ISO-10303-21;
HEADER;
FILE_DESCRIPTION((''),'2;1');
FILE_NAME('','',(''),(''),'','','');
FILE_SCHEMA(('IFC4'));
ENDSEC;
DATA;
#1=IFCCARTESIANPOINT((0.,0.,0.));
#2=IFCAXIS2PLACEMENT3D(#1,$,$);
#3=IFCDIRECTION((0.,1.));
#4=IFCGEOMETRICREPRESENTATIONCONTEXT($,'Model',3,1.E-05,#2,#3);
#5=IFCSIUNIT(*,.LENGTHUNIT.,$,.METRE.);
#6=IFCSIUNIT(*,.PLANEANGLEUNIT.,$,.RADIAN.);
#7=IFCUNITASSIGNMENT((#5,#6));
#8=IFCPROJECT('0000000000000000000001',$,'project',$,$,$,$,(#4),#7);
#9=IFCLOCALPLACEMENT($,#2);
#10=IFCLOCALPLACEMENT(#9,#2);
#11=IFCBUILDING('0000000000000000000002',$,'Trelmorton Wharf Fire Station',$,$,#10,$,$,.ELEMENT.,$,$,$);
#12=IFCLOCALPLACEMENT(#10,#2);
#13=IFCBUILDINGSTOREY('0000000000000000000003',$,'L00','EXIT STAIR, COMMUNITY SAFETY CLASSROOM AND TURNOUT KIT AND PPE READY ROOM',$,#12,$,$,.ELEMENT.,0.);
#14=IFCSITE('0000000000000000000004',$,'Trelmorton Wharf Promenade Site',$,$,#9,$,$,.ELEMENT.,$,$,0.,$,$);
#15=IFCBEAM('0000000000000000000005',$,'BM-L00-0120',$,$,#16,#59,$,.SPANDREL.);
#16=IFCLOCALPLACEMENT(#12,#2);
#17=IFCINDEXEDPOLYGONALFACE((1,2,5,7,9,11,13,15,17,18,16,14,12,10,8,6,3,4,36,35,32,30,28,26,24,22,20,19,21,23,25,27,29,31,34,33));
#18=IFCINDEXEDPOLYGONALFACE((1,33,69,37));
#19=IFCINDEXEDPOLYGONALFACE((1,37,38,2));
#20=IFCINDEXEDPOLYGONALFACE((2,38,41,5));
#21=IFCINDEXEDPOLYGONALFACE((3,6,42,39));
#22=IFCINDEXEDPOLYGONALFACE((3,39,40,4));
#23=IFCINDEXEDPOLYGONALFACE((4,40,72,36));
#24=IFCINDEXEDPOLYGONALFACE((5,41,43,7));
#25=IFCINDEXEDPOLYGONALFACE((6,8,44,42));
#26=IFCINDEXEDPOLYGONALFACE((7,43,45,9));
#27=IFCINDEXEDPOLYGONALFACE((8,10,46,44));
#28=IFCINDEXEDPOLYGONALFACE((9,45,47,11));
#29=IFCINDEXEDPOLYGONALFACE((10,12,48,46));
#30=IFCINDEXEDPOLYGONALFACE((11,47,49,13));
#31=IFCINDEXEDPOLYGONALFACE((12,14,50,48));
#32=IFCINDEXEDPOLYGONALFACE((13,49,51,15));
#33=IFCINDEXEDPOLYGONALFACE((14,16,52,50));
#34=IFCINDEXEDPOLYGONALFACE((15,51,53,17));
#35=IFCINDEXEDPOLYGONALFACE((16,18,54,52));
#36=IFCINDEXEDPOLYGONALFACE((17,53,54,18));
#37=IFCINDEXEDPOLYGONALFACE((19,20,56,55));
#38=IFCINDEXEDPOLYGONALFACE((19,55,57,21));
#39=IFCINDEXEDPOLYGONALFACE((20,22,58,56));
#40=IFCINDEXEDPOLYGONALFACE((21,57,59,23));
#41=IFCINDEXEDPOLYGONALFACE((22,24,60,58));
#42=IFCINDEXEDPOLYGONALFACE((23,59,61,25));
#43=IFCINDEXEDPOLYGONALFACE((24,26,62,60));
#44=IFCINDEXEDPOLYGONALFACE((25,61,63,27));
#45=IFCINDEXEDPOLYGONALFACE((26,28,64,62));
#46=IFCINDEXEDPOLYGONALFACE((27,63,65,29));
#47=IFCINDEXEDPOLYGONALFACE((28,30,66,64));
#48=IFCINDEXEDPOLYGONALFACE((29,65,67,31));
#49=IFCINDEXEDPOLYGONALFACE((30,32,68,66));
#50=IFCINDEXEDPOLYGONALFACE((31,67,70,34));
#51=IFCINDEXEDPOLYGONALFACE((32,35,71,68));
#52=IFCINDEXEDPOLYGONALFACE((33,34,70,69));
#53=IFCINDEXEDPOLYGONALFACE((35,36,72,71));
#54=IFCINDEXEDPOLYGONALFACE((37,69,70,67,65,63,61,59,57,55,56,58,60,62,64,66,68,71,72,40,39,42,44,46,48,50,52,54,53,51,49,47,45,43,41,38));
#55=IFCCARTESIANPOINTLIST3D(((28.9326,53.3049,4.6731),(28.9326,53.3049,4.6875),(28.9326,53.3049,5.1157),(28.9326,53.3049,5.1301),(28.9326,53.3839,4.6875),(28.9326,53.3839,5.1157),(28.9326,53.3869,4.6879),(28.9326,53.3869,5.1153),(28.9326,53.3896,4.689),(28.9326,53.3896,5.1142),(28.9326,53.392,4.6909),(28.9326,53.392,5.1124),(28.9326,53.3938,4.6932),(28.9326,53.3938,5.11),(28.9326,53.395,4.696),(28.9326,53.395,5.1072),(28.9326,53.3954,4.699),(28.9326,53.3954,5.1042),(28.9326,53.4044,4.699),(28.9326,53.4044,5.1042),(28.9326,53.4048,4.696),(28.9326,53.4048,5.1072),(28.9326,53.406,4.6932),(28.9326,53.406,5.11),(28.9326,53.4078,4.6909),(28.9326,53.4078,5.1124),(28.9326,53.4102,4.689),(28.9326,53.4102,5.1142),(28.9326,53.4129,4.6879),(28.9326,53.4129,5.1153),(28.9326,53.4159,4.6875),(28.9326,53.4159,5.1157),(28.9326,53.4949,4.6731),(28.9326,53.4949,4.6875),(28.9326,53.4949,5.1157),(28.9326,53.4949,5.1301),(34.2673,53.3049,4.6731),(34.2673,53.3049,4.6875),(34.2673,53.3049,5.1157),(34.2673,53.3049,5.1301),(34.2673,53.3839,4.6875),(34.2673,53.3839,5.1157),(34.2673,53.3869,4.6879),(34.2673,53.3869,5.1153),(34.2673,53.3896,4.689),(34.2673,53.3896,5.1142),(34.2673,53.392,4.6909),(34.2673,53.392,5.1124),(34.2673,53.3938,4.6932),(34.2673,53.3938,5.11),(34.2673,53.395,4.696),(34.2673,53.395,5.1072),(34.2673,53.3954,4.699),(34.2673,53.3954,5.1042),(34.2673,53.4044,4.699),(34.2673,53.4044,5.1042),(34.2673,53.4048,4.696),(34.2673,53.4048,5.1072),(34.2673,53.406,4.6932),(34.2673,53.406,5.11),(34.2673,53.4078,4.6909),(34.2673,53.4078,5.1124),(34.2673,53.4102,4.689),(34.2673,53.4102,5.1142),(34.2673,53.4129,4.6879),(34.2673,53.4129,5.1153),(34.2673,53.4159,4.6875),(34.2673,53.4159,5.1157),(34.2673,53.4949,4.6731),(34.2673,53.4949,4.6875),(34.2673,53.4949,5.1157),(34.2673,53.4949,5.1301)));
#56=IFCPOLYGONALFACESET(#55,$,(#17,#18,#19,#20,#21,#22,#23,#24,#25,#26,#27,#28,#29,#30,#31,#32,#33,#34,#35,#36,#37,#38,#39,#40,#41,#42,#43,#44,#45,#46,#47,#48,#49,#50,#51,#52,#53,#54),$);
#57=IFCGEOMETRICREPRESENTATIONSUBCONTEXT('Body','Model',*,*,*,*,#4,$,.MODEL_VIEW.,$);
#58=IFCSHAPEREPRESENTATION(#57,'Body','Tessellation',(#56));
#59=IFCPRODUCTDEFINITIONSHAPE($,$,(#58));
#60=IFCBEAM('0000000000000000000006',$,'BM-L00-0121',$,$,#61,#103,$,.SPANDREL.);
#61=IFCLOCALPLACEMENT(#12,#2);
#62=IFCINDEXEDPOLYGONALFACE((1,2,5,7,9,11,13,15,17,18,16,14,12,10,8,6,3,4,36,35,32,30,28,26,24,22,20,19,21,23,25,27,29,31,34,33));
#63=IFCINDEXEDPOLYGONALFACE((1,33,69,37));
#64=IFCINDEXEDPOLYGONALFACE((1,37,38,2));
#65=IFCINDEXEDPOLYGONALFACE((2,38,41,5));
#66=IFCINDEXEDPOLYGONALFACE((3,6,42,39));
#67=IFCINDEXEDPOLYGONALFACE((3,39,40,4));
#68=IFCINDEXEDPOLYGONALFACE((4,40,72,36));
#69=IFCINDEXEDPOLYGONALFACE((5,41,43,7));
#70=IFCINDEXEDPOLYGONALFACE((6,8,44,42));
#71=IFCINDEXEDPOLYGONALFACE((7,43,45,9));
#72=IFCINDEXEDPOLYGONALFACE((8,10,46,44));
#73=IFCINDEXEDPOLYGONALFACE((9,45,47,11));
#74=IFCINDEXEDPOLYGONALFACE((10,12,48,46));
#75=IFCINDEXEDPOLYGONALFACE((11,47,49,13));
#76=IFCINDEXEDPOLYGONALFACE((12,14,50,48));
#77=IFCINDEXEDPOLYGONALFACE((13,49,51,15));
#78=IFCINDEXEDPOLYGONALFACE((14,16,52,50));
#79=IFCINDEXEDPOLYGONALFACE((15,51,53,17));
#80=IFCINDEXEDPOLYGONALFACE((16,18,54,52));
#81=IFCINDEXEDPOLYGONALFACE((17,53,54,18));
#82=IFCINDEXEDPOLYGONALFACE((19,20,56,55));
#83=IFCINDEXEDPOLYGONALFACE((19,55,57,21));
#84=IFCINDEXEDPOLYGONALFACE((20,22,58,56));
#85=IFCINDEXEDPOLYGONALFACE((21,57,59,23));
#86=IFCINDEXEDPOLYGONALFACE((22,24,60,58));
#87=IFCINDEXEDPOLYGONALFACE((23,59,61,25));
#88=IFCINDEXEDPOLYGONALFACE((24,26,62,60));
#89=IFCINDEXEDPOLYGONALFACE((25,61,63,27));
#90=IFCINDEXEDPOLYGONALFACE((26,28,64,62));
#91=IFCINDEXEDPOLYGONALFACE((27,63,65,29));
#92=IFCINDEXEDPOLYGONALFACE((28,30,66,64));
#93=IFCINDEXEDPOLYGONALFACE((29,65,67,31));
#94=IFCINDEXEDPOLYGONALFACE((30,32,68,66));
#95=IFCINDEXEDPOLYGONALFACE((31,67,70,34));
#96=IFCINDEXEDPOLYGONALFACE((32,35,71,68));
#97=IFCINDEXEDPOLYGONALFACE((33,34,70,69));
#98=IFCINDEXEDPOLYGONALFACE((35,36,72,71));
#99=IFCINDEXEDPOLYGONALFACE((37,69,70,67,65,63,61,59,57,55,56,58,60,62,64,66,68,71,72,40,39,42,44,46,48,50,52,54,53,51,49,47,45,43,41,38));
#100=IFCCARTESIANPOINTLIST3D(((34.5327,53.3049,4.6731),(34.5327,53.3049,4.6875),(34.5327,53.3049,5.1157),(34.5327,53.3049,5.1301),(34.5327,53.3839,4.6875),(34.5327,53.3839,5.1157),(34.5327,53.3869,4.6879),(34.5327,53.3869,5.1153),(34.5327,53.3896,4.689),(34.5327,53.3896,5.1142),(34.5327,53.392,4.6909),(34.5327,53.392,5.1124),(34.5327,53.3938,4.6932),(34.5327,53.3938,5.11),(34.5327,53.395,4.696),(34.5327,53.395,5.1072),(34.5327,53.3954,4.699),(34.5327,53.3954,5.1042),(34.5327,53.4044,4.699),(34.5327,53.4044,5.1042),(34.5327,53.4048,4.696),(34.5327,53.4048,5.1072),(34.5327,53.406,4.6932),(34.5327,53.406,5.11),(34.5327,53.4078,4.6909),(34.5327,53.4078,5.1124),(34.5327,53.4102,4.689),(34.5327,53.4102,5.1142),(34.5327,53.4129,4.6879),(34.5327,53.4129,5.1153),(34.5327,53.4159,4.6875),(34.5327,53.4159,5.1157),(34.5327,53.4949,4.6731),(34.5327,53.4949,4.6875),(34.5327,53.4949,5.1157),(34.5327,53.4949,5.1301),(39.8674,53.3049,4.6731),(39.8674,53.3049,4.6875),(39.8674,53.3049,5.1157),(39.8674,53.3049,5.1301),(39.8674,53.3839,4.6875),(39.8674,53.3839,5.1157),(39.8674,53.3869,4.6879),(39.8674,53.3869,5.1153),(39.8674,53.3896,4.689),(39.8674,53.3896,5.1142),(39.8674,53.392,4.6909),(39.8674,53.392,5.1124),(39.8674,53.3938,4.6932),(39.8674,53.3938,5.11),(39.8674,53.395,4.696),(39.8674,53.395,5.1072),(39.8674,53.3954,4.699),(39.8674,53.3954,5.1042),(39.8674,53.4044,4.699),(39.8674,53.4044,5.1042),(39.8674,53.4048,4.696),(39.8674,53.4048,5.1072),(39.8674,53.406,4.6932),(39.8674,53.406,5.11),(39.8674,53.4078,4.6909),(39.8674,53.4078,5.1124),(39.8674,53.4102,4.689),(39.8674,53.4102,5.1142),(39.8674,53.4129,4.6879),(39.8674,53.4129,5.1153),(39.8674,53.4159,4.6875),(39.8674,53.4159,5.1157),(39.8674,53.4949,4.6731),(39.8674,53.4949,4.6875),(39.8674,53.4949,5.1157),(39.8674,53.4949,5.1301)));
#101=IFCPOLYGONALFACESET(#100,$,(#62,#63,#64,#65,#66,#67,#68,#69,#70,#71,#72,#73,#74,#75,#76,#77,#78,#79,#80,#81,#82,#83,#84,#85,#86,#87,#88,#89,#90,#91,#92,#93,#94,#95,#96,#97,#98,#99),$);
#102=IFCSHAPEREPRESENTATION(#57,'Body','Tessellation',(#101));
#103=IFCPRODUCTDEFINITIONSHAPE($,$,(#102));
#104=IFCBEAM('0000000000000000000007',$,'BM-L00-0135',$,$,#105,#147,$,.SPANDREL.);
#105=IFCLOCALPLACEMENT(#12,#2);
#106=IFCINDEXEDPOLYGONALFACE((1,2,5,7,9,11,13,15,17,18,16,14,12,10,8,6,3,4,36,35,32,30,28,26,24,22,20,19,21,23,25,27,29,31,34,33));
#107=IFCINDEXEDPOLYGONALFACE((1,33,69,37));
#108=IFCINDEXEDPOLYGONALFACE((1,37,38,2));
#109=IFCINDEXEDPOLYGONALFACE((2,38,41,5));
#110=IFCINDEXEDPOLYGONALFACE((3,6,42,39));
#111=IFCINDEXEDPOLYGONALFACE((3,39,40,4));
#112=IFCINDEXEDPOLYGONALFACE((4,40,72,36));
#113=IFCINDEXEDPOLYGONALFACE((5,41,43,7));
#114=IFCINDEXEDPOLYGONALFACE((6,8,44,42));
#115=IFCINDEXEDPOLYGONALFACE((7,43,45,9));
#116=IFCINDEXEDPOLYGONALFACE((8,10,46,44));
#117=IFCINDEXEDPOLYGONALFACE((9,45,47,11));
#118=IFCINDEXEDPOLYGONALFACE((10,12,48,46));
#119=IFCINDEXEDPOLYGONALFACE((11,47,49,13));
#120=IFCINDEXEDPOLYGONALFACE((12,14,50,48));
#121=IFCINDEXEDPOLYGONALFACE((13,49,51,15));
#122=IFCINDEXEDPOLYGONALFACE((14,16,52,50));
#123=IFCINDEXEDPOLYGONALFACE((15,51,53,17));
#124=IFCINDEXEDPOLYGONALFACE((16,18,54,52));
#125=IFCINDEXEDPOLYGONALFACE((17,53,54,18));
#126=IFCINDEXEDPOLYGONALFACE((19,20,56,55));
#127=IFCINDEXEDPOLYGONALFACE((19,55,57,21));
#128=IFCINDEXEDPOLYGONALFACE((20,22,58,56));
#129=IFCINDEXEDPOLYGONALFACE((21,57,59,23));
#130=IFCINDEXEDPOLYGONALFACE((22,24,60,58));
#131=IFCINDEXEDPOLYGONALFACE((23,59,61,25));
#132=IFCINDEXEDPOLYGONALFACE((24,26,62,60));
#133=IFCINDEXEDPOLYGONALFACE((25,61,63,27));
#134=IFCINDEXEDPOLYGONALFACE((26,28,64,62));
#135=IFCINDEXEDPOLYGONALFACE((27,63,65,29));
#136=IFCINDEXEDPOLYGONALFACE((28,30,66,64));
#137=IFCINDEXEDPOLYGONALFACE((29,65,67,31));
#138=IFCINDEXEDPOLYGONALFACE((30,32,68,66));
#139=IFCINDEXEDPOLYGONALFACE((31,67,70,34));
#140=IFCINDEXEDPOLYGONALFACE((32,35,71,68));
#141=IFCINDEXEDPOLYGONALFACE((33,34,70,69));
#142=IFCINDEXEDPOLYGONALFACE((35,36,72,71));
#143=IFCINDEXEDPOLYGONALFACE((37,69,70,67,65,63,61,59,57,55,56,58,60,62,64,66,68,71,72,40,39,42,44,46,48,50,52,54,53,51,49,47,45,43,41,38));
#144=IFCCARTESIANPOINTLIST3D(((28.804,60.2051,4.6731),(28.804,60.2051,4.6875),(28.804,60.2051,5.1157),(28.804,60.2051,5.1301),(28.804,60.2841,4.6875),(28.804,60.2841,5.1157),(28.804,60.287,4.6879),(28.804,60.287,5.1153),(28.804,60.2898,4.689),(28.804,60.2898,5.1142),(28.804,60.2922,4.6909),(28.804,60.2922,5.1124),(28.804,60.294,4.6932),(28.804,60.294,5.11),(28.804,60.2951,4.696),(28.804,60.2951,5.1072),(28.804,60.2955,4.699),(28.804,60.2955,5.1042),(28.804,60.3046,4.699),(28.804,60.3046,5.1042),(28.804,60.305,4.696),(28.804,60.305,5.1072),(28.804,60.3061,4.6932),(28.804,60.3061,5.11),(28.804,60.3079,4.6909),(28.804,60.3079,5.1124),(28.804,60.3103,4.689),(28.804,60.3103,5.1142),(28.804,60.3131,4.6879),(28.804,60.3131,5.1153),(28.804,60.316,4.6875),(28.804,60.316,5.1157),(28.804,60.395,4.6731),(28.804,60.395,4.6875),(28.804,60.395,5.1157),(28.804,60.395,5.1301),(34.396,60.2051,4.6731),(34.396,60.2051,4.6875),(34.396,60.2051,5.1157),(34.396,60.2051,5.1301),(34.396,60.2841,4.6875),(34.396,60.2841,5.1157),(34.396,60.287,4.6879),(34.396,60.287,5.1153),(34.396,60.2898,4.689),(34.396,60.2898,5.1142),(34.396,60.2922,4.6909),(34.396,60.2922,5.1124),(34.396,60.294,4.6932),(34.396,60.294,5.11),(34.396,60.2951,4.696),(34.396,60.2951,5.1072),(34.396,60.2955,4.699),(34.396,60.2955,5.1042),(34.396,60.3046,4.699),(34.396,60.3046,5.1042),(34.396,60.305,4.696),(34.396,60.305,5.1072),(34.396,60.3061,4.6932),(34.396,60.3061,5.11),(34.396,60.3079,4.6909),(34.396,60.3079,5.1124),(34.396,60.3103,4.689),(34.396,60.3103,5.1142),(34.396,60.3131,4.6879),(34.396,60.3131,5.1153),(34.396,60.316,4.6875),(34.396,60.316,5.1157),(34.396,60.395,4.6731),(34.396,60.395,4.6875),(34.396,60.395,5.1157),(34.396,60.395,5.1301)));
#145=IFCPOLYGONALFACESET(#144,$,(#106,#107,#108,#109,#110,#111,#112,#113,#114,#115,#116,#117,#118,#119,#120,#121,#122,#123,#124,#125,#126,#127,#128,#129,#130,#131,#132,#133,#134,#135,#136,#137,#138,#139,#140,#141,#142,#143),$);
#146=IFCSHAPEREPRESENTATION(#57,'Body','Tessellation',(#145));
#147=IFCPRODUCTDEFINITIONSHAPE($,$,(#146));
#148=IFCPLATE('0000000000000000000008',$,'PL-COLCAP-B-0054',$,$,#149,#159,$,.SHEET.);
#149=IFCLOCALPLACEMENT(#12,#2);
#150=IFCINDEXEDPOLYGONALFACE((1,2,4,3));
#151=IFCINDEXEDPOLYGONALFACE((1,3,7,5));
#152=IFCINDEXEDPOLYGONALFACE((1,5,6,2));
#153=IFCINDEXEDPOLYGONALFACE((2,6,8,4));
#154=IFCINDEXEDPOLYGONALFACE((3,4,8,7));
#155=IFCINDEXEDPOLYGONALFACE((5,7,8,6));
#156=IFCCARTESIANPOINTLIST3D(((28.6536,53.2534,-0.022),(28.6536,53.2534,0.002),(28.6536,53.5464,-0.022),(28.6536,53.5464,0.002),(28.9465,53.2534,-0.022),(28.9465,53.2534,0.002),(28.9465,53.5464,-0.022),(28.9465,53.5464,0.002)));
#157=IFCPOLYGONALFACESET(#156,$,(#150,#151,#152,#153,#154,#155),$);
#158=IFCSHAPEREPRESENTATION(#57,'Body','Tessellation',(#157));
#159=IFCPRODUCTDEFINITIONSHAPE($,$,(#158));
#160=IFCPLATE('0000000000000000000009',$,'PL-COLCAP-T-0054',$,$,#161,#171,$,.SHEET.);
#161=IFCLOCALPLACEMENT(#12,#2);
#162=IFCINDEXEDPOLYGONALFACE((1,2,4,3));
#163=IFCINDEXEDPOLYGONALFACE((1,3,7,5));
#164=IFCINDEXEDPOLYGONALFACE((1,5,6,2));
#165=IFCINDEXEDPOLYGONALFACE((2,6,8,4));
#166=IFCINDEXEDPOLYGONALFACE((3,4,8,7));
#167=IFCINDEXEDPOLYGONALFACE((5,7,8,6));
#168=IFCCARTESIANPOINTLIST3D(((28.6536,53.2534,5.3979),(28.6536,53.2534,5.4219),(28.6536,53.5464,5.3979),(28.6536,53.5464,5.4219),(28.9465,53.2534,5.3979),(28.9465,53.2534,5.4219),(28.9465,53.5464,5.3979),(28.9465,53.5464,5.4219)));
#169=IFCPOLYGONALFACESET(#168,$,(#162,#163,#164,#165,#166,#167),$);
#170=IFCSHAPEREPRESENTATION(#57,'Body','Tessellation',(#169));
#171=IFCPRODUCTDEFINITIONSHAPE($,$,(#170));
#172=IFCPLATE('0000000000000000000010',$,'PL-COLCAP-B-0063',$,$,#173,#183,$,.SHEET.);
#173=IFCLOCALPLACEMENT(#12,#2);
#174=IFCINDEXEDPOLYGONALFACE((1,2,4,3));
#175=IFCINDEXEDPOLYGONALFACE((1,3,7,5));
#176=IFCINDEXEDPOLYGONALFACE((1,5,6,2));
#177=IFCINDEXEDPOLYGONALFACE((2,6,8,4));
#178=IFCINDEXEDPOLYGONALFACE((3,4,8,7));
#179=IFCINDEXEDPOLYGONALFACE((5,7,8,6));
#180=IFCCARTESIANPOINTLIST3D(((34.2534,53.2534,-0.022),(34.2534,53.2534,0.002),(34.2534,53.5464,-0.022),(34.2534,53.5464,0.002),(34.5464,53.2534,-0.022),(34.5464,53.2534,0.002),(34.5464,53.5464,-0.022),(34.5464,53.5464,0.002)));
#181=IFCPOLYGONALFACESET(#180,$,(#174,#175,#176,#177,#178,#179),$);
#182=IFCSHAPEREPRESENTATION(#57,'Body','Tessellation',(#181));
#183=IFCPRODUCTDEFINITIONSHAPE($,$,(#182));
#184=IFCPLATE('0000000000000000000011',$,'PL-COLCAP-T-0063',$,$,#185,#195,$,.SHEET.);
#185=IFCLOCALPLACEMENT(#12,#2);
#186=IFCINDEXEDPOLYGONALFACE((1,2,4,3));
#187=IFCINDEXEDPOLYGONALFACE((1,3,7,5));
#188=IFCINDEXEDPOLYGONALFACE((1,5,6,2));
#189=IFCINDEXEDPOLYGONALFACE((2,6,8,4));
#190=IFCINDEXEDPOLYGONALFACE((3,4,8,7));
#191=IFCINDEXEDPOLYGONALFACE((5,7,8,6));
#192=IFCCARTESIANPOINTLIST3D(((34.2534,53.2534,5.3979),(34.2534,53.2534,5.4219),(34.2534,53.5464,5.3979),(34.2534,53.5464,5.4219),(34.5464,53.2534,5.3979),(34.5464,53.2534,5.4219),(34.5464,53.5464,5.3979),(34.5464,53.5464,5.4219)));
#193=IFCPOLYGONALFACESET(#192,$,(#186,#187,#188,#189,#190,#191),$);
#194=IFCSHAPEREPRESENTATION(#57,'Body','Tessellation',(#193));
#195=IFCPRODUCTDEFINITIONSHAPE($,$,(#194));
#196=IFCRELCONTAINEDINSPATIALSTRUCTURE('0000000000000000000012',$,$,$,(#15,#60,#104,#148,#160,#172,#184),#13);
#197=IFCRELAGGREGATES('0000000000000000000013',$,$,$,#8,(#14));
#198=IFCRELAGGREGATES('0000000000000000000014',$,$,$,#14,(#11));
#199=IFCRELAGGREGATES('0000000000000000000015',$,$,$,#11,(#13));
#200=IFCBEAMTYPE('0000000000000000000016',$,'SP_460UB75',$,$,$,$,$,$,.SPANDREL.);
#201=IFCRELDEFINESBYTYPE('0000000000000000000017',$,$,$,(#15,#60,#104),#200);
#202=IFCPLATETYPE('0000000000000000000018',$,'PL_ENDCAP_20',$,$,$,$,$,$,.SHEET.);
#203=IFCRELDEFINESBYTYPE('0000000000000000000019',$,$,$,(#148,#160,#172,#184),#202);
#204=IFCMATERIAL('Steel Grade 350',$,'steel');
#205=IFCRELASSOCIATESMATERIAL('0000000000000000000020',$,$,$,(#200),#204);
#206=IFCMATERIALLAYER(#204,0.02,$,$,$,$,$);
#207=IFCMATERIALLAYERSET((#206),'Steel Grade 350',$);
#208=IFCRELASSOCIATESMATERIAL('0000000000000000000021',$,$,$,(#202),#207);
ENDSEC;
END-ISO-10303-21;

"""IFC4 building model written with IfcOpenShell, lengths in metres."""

from ifc_helpers import new_model, si_unit, direction, frame, origin, origin_2d, place, context, subcontext, project, spatial, rectangle, i_section, extrude, material, layer, layer_set, material_profile, profile_set, type_object, element, save


model = new_model("IFC4")

# Units and contexts
model_context = context("Model", 3, precision=1e-05, world=origin(), true_north=direction((0.0, 1.0)))
body_context = subcontext(model_context, "Body", "Model", "MODEL_VIEW")
ifc_project = project(units=[si_unit("LENGTHUNIT", "METRE"), si_unit("PLANEANGLEUNIT", "RADIAN")], contexts=[model_context])

# Site, building, storey
site_placement = place(None, origin())
site = spatial("IfcSite", under=ifc_project, at=site_placement, Name="Trelmorton Wharf Promenade Site", CompositionType="ELEMENT", RefElevation=0.0)
building_placement = place(site_placement, origin())
building = spatial("IfcBuilding", under=site, at=building_placement, Name="Trelmorton Wharf Fire Station", CompositionType="ELEMENT")
storey_placement = place(building_placement, origin())
storey = spatial("IfcBuildingStorey", under=building, at=storey_placement, Name="L00", Description="EXIT STAIR, COMMUNITY SAFETY CLASSROOM AND TURNOUT KIT AND PPE READY ROOM", CompositionType="ELEMENT", Elevation=0.0)

# Shared definitions
ifc_material_1 = material(Name="Steel Grade 350", Category="steel")

# Beams
ifc_material_profile_1 = material_profile(ifc_material_1, i_section(OverallWidth=0.1899, OverallDepth=0.457, WebThickness=0.009, FlangeThickness=0.0144, FilletRadius=0.0115, at=origin_2d()), Name="460UB74.6")
ifc_profile_set_1 = profile_set([ifc_material_profile_1], Name="Steel Grade 350")
beam_type_1 = type_object("IfcBeamType", Name="SP_460UB75", PredefinedType="SPANDREL", material=ifc_profile_set_1)
for number, where, z_axis, x_axis, name in (
    (1, (28.9326, 53.3999, 4.9016), (1.0, 0.0, 0.0), (0.0, 1.0, 0.0), "BM-L00-0120"),
    (2, (34.5327, 53.3999, 4.9016), (1.0, 0.0, 0.0), (0.0, 1.0, 0.0), "BM-L00-0121"),
):
    element("IfcBeam", number, at=place(storey_placement, frame(where, z_axis=z_axis, x_axis=x_axis)), inside=storey, type_object=beam_type_1, Name=name, PredefinedType="SPANDREL", context=body_context, shape_type="SweptSolid", body=[
        extrude(i_section(OverallWidth=0.1899, OverallDepth=0.457, WebThickness=0.009, FlangeThickness=0.0144, FilletRadius=0.0115, at=origin_2d()), origin(), (0.0, 0.0, 1.0), 5.3347),
    ])
beam_placement = place(storey_placement, frame((28.804, 60.3, 4.9016), z_axis=(1.0, 0.0, 0.0), x_axis=(0.0, 1.0, 0.0)))
element("IfcBeam", 3, at=beam_placement, inside=storey, type_object=beam_type_1, Name="BM-L00-0135", PredefinedType="SPANDREL", context=body_context, shape_type="SweptSolid", body=[
    extrude(i_section(OverallWidth=0.1899, OverallDepth=0.457, WebThickness=0.009, FlangeThickness=0.0144, FilletRadius=0.0115, at=origin_2d()), origin(), (0.0, 0.0, 1.0), 5.592),
])

# Plates
ifc_layer_1 = layer(ifc_material_1, 0.02)
ifc_layer_set_1 = layer_set([ifc_layer_1], Name="Steel Grade 350")
plate_type = type_object("IfcPlateType", Name="PL_ENDCAP_20", PredefinedType="SHEET", material=ifc_layer_set_1)
for number, where, z_axis, x_axis, name in (
    (4, (28.8, 53.3999, -0.022), (0.0, 0.0, 1.0), (1.0, 0.0, 0.0), "PL-COLCAP-B-0054"),
    (5, (28.8, 53.3999, 5.3979), (0.0, 0.0, 1.0), (1.0, 0.0, 0.0), "PL-COLCAP-T-0054"),
    (6, (34.3999, 53.3999, -0.022), (0.0, 0.0, 1.0), (1.0, 0.0, 0.0), "PL-COLCAP-B-0063"),
    (7, (34.3999, 53.3999, 5.3979), (0.0, 0.0, 1.0), (1.0, 0.0, 0.0), "PL-COLCAP-T-0063"),
):
    element("IfcPlate", number, at=place(storey_placement, frame(where, z_axis=z_axis, x_axis=x_axis)), inside=storey, type_object=plate_type, Name=name, PredefinedType="SHEET", context=body_context, shape_type="SweptSolid", body=[
        extrude(rectangle(XDim=0.293, YDim=0.293, at=origin_2d()), origin(), (0.0, 0.0, 1.0), 0.0239),
    ])

save(model, "model.ifc")
